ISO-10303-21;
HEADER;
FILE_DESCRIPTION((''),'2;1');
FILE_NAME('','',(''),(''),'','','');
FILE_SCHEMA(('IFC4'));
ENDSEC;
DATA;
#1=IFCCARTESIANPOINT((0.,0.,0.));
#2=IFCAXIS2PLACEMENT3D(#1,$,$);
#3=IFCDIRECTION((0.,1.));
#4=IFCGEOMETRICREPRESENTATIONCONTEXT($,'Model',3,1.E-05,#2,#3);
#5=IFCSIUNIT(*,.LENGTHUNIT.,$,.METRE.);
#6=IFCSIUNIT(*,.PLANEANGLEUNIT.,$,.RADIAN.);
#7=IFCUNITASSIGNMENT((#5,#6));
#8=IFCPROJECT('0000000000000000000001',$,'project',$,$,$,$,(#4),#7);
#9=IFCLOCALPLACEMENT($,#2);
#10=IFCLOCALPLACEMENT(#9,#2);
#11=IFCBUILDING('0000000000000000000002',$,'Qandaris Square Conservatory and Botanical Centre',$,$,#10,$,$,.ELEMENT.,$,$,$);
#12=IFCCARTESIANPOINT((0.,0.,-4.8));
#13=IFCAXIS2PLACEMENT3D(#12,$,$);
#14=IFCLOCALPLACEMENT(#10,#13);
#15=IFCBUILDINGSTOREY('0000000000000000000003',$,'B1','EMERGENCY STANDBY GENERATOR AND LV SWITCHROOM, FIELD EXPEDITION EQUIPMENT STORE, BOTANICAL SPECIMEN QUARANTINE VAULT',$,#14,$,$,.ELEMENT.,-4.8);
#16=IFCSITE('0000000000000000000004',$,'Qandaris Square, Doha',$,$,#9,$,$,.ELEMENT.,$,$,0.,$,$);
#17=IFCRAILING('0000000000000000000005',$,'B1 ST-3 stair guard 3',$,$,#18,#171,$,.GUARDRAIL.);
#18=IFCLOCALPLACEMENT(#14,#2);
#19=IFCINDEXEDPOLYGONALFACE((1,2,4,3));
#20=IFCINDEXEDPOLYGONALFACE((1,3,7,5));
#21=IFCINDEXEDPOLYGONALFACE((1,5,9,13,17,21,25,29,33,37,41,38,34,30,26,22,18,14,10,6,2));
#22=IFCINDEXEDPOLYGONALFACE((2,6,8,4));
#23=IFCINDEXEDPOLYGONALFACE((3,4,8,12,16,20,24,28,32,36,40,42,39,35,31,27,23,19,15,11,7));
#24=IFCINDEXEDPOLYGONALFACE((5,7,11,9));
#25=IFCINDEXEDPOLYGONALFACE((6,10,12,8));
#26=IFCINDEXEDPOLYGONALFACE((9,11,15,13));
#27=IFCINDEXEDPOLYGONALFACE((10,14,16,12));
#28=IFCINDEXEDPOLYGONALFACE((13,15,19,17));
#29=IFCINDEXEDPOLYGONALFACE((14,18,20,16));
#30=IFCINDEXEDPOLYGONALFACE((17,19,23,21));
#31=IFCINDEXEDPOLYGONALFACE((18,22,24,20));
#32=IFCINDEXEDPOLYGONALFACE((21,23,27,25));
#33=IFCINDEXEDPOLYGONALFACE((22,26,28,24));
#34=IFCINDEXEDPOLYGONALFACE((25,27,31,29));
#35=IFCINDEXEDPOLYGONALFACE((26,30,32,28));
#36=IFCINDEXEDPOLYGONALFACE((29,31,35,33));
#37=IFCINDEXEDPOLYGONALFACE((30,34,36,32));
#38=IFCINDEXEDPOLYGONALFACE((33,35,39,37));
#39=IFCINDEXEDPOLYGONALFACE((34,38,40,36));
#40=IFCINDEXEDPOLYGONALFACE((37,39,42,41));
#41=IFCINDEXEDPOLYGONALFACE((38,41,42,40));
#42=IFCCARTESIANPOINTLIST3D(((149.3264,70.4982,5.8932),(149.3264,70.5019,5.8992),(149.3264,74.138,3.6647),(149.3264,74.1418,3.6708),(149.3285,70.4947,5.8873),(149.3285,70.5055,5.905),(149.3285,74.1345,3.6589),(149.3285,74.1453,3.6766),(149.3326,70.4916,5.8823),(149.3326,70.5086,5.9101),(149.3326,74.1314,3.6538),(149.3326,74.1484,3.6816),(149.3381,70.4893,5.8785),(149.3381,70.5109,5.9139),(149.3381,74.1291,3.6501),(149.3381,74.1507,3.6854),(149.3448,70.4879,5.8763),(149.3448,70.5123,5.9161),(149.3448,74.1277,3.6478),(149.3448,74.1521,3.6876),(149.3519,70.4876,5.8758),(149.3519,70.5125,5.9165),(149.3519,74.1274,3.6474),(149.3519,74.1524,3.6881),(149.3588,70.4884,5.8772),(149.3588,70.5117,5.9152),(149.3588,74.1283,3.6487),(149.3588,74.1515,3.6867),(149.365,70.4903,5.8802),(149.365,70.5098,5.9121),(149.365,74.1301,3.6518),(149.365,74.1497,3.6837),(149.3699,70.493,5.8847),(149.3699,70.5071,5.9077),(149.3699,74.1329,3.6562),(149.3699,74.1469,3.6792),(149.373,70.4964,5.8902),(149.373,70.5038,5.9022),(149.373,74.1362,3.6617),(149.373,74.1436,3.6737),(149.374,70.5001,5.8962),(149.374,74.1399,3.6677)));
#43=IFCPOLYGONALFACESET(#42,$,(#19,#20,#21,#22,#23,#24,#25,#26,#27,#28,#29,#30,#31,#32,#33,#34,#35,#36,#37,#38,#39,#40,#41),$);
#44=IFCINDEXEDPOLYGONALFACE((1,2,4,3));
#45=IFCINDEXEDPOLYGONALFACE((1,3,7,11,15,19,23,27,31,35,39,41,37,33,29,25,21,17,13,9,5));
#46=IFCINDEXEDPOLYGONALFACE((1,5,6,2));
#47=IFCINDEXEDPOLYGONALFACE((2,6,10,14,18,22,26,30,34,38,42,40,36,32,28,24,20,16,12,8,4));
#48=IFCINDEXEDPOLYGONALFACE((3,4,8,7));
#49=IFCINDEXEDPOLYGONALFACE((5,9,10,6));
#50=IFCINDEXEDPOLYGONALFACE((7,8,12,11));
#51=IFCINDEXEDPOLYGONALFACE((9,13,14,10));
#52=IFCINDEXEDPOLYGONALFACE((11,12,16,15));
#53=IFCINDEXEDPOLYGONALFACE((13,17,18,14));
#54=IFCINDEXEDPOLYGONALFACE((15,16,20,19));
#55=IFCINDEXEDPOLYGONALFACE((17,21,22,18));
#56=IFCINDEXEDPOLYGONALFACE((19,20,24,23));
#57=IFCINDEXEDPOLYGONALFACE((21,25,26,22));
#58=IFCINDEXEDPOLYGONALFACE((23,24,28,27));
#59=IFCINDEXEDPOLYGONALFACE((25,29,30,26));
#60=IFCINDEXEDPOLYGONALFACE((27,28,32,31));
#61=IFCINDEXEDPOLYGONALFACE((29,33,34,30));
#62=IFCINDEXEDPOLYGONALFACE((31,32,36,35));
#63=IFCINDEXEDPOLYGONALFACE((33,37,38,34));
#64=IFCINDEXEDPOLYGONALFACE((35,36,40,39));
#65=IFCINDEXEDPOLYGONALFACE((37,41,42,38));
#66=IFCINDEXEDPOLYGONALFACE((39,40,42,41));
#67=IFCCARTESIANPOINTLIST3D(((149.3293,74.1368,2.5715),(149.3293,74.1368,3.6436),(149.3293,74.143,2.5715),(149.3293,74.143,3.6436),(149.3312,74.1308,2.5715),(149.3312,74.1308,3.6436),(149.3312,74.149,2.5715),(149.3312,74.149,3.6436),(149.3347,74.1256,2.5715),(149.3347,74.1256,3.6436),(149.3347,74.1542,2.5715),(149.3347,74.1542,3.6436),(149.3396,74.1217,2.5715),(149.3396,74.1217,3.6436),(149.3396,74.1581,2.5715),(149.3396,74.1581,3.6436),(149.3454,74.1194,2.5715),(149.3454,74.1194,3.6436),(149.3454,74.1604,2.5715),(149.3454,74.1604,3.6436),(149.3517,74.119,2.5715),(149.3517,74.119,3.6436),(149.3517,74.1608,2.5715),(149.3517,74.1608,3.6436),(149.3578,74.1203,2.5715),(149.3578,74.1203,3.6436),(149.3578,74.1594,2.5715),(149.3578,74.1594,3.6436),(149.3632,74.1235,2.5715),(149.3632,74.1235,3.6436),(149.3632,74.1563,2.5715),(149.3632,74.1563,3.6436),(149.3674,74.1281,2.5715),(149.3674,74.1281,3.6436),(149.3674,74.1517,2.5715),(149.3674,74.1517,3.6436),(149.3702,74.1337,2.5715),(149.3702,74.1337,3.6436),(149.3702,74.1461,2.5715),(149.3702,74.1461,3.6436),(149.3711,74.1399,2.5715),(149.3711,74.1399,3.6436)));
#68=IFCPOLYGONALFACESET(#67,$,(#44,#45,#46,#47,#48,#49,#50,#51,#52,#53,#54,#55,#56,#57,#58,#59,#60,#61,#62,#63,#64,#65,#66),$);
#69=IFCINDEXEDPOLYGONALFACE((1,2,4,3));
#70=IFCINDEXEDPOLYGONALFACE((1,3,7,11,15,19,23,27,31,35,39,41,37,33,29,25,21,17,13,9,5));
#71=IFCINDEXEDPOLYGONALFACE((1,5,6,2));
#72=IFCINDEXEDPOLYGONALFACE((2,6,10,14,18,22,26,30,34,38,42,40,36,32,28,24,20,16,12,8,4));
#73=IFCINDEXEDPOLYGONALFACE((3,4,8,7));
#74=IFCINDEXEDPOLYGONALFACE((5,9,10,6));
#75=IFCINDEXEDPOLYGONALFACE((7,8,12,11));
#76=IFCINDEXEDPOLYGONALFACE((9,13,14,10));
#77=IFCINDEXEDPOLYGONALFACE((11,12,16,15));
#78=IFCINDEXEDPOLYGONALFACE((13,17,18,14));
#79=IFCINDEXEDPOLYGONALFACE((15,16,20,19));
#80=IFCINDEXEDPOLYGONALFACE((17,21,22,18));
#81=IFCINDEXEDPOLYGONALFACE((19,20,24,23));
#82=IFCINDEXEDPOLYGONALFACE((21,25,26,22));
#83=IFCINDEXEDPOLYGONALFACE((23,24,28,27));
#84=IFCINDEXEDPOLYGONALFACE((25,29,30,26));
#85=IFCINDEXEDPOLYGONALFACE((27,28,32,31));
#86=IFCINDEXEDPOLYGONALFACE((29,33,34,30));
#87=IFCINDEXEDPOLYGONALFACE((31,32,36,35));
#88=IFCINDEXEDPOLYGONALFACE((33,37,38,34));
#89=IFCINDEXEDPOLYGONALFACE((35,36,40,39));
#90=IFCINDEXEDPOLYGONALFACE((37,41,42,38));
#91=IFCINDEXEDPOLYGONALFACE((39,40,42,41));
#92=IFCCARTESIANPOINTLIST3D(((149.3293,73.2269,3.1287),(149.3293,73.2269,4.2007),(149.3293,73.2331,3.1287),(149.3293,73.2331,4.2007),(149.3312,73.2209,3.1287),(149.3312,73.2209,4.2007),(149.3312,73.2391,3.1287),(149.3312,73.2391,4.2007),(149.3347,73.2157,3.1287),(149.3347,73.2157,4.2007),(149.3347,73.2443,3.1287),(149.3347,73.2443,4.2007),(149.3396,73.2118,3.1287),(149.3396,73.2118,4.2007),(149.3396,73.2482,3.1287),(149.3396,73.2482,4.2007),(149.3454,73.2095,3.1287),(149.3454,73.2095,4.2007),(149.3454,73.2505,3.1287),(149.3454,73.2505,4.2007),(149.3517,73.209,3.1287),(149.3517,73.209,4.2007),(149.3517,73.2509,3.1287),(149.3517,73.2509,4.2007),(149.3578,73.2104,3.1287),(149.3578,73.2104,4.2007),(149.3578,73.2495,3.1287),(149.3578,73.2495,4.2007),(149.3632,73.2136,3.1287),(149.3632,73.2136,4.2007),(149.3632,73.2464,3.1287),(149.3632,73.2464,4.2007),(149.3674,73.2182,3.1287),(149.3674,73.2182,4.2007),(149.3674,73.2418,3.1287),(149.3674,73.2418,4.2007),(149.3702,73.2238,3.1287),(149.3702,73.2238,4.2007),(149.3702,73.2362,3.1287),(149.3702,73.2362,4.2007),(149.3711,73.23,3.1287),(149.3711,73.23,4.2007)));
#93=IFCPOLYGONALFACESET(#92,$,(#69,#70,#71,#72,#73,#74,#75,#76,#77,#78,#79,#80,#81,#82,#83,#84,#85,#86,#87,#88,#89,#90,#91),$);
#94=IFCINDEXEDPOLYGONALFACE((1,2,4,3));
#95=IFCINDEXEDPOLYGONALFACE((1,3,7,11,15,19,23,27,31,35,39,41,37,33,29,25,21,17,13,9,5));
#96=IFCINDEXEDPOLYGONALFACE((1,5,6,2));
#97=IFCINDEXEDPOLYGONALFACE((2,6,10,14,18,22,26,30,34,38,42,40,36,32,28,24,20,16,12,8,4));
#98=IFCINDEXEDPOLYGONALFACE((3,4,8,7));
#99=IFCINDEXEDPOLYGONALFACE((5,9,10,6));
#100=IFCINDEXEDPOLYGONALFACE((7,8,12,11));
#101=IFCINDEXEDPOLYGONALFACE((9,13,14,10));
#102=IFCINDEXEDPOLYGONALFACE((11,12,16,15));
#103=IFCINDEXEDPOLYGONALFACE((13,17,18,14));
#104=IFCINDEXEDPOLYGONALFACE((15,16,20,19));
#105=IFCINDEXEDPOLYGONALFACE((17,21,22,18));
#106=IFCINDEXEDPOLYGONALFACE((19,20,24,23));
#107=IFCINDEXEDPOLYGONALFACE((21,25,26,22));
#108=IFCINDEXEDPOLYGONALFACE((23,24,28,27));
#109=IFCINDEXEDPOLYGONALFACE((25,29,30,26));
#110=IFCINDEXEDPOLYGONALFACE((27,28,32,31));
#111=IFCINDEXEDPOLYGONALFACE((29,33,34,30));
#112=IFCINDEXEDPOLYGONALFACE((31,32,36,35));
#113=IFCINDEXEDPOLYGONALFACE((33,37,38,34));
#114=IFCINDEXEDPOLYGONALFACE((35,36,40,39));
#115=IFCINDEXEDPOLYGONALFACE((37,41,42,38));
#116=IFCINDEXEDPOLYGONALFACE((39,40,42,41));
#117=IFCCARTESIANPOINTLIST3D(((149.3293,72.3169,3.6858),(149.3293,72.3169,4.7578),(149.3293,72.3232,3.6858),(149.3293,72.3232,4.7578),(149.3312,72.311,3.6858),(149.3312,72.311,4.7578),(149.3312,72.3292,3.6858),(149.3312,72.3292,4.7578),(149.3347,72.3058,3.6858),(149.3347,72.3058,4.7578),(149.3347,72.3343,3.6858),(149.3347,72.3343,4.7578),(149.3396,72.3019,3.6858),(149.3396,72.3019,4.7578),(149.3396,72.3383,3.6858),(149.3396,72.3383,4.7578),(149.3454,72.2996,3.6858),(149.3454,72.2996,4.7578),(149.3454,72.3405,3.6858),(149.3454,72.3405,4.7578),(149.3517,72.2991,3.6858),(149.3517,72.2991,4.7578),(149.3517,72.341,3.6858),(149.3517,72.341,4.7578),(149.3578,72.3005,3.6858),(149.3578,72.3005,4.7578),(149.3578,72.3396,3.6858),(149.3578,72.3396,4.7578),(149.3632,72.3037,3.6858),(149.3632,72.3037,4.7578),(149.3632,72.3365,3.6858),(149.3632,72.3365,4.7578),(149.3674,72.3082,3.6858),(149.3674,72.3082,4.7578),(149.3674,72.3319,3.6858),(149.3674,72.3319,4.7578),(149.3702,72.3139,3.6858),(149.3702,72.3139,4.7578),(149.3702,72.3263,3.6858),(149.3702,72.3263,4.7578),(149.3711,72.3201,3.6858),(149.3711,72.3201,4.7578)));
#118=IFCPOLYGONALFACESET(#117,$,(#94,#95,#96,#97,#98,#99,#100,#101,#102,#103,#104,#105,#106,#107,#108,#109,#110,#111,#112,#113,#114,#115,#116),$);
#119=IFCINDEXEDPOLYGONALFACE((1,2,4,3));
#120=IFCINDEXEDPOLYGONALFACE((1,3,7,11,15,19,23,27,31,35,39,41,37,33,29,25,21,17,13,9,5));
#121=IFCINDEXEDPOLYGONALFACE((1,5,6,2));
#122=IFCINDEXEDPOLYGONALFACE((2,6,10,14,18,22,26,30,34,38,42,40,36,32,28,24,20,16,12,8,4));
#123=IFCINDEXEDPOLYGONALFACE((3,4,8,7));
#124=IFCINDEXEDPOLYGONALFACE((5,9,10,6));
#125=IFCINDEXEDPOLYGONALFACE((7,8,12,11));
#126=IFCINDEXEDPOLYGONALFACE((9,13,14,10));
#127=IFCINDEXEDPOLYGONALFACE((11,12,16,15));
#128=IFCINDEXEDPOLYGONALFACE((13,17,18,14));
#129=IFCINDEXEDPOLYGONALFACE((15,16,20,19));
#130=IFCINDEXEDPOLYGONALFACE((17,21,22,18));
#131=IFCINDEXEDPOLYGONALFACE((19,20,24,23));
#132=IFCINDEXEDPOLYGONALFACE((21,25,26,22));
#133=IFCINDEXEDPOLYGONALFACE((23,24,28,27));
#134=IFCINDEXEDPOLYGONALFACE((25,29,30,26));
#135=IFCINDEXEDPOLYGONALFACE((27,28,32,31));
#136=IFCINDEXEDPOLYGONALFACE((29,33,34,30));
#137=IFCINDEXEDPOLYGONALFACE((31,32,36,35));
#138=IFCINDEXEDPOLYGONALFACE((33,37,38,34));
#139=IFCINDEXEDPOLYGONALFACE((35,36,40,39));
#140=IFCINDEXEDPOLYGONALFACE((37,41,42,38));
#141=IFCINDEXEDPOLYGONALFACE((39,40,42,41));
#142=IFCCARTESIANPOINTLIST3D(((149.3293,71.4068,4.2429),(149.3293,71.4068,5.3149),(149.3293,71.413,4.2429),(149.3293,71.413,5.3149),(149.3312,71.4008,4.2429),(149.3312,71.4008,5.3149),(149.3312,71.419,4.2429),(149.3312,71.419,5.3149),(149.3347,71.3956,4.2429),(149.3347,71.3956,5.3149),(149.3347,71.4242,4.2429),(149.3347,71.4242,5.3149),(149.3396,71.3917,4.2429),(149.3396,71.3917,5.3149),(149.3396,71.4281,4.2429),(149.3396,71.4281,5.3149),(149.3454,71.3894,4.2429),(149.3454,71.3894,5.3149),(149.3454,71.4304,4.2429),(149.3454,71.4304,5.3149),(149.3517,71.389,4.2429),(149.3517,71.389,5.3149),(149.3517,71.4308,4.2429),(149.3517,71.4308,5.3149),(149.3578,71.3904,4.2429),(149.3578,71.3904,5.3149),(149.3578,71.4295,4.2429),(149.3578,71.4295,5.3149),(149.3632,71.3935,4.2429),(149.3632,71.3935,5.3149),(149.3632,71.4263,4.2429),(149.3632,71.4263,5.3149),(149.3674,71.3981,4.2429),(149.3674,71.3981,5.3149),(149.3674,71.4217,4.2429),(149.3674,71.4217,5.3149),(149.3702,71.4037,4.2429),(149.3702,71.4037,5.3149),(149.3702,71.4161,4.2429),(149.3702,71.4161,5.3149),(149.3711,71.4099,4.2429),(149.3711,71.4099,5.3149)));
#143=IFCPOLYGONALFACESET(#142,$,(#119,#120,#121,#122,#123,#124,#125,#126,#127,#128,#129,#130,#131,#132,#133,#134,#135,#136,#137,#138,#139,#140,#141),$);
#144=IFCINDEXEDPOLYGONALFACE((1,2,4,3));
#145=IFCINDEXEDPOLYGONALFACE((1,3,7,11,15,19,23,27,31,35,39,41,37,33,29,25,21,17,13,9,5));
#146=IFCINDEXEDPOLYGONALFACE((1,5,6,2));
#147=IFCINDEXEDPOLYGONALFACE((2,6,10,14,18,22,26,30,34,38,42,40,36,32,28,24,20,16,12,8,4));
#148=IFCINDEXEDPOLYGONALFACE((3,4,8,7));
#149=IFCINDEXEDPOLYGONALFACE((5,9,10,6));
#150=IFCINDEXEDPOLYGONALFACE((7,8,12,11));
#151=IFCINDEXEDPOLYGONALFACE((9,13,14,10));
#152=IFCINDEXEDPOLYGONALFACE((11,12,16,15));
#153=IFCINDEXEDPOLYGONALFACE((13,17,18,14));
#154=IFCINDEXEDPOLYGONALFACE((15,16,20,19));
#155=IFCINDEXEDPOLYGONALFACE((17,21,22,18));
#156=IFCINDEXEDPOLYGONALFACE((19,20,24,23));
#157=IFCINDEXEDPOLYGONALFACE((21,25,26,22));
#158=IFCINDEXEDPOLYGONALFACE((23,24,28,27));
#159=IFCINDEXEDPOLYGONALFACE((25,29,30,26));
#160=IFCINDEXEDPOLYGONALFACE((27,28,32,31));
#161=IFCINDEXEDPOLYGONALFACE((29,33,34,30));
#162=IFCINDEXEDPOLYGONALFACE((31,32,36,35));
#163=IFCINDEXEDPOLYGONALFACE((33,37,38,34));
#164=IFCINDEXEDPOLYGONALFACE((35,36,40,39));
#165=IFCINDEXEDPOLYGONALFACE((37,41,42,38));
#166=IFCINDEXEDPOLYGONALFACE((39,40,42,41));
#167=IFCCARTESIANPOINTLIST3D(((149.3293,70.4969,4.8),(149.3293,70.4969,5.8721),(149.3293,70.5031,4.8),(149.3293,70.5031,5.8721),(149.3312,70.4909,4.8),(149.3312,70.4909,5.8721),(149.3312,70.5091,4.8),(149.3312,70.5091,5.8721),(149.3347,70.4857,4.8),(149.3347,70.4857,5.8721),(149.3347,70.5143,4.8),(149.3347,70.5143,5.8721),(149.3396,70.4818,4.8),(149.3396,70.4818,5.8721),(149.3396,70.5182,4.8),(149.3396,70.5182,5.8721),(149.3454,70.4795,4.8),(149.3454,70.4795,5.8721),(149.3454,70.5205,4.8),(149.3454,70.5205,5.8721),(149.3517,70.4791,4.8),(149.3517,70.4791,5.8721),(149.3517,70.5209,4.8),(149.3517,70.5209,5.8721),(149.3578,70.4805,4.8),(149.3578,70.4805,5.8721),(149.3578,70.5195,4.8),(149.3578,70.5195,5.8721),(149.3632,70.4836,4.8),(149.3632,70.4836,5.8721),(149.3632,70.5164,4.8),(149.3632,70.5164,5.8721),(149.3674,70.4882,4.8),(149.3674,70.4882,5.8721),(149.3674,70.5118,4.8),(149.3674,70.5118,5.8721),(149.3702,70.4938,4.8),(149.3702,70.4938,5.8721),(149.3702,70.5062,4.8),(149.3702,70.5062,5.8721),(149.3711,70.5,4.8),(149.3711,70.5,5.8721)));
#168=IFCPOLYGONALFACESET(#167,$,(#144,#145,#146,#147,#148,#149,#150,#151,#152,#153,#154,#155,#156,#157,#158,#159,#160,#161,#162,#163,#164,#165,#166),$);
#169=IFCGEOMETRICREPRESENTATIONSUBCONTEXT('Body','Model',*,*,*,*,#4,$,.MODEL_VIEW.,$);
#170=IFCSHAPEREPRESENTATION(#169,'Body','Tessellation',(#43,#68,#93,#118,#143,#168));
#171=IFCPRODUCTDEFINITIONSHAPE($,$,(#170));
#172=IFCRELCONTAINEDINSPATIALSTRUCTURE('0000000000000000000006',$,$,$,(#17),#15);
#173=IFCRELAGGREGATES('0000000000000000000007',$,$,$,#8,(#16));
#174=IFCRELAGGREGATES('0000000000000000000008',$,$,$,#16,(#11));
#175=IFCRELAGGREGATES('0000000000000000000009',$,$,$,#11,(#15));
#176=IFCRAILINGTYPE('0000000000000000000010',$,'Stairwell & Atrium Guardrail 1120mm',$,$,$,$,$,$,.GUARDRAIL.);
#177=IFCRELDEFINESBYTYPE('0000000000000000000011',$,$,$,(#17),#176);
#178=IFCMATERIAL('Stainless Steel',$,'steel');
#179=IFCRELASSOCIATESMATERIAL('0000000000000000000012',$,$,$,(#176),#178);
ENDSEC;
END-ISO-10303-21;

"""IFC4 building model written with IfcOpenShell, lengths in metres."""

from ifc_helpers import new_model, si_unit, direction, frame, origin, origin_2d, place, context, subcontext, project, spatial, circle, extrude, material, type_object, element, save


model = new_model("IFC4")

# Units and contexts
model_context = context("Model", 3, precision=1e-05, world=origin(), true_north=direction((0.0, 1.0)))
body_context = subcontext(model_context, "Body", "Model", "MODEL_VIEW")
ifc_project = project(units=[si_unit("LENGTHUNIT", "METRE"), si_unit("PLANEANGLEUNIT", "RADIAN")], contexts=[model_context])

# Site, building, storey
site_placement = place(None, origin())
site = spatial("IfcSite", under=ifc_project, at=site_placement, Name="Qandaris Square, Doha", CompositionType="ELEMENT", RefElevation=0.0)
building_placement = place(site_placement, origin())
building = spatial("IfcBuilding", under=site, at=building_placement, Name="Qandaris Square Conservatory and Botanical Centre", CompositionType="ELEMENT")
storey_placement = place(building_placement, frame((0.0, 0.0, -4.8)))
storey = spatial("IfcBuildingStorey", under=building, at=storey_placement, Name="B1", Description="EMERGENCY STANDBY GENERATOR AND LV SWITCHROOM, FIELD EXPEDITION EQUIPMENT STORE, BOTANICAL SPECIMEN QUARANTINE VAULT", CompositionType="ELEMENT", Elevation=-4.8)

# Railing
ifc_material_1 = material(Name="Stainless Steel", Category="steel")
railing_type_1 = type_object("IfcRailingType", Name="Stairwell & Atrium Guardrail 1120mm", PredefinedType="GUARDRAIL", material=ifc_material_1)
railing_1_placement = place(storey_placement, frame((149.3501, 74.1399, 2.5715)))
element("IfcRailing", 1, at=railing_1_placement, inside=storey, type_object=railing_type_1, Name="B1 ST-3 stair guard 3", PredefinedType="GUARDRAIL", context=body_context, shape_type="SweptSolid", body=[
    extrude(circle(Radius=0.0239, at=origin_2d()), frame((0.0, 0.0, 1.0962), z_axis=(0.0, -0.85285, 0.522156), x_axis=(1.0, 0.0, 0.0)), (0.0, 0.0, 1.0), 4.2678),
    extrude(circle(Radius=0.021, at=origin_2d()), origin(), (0.0, 0.0, 1.0), 1.072),
    extrude(circle(Radius=0.021, at=origin_2d()), frame((0.0, -0.9099, 0.5571)), (0.0, 0.0, 1.0), 1.072),
    extrude(circle(Radius=0.021, at=origin_2d()), frame((0.0, -1.8198, 1.1143)), (0.0, 0.0, 1.0), 1.072),
    extrude(circle(Radius=0.021, at=origin_2d()), frame((0.0, -2.73, 1.6714)), (0.0, 0.0, 1.0), 1.072),
    extrude(circle(Radius=0.021, at=origin_2d()), frame((0.0, -3.6399, 2.2285)), (0.0, 0.0, 1.0), 1.072),
])

save(model, "model.ifc")
